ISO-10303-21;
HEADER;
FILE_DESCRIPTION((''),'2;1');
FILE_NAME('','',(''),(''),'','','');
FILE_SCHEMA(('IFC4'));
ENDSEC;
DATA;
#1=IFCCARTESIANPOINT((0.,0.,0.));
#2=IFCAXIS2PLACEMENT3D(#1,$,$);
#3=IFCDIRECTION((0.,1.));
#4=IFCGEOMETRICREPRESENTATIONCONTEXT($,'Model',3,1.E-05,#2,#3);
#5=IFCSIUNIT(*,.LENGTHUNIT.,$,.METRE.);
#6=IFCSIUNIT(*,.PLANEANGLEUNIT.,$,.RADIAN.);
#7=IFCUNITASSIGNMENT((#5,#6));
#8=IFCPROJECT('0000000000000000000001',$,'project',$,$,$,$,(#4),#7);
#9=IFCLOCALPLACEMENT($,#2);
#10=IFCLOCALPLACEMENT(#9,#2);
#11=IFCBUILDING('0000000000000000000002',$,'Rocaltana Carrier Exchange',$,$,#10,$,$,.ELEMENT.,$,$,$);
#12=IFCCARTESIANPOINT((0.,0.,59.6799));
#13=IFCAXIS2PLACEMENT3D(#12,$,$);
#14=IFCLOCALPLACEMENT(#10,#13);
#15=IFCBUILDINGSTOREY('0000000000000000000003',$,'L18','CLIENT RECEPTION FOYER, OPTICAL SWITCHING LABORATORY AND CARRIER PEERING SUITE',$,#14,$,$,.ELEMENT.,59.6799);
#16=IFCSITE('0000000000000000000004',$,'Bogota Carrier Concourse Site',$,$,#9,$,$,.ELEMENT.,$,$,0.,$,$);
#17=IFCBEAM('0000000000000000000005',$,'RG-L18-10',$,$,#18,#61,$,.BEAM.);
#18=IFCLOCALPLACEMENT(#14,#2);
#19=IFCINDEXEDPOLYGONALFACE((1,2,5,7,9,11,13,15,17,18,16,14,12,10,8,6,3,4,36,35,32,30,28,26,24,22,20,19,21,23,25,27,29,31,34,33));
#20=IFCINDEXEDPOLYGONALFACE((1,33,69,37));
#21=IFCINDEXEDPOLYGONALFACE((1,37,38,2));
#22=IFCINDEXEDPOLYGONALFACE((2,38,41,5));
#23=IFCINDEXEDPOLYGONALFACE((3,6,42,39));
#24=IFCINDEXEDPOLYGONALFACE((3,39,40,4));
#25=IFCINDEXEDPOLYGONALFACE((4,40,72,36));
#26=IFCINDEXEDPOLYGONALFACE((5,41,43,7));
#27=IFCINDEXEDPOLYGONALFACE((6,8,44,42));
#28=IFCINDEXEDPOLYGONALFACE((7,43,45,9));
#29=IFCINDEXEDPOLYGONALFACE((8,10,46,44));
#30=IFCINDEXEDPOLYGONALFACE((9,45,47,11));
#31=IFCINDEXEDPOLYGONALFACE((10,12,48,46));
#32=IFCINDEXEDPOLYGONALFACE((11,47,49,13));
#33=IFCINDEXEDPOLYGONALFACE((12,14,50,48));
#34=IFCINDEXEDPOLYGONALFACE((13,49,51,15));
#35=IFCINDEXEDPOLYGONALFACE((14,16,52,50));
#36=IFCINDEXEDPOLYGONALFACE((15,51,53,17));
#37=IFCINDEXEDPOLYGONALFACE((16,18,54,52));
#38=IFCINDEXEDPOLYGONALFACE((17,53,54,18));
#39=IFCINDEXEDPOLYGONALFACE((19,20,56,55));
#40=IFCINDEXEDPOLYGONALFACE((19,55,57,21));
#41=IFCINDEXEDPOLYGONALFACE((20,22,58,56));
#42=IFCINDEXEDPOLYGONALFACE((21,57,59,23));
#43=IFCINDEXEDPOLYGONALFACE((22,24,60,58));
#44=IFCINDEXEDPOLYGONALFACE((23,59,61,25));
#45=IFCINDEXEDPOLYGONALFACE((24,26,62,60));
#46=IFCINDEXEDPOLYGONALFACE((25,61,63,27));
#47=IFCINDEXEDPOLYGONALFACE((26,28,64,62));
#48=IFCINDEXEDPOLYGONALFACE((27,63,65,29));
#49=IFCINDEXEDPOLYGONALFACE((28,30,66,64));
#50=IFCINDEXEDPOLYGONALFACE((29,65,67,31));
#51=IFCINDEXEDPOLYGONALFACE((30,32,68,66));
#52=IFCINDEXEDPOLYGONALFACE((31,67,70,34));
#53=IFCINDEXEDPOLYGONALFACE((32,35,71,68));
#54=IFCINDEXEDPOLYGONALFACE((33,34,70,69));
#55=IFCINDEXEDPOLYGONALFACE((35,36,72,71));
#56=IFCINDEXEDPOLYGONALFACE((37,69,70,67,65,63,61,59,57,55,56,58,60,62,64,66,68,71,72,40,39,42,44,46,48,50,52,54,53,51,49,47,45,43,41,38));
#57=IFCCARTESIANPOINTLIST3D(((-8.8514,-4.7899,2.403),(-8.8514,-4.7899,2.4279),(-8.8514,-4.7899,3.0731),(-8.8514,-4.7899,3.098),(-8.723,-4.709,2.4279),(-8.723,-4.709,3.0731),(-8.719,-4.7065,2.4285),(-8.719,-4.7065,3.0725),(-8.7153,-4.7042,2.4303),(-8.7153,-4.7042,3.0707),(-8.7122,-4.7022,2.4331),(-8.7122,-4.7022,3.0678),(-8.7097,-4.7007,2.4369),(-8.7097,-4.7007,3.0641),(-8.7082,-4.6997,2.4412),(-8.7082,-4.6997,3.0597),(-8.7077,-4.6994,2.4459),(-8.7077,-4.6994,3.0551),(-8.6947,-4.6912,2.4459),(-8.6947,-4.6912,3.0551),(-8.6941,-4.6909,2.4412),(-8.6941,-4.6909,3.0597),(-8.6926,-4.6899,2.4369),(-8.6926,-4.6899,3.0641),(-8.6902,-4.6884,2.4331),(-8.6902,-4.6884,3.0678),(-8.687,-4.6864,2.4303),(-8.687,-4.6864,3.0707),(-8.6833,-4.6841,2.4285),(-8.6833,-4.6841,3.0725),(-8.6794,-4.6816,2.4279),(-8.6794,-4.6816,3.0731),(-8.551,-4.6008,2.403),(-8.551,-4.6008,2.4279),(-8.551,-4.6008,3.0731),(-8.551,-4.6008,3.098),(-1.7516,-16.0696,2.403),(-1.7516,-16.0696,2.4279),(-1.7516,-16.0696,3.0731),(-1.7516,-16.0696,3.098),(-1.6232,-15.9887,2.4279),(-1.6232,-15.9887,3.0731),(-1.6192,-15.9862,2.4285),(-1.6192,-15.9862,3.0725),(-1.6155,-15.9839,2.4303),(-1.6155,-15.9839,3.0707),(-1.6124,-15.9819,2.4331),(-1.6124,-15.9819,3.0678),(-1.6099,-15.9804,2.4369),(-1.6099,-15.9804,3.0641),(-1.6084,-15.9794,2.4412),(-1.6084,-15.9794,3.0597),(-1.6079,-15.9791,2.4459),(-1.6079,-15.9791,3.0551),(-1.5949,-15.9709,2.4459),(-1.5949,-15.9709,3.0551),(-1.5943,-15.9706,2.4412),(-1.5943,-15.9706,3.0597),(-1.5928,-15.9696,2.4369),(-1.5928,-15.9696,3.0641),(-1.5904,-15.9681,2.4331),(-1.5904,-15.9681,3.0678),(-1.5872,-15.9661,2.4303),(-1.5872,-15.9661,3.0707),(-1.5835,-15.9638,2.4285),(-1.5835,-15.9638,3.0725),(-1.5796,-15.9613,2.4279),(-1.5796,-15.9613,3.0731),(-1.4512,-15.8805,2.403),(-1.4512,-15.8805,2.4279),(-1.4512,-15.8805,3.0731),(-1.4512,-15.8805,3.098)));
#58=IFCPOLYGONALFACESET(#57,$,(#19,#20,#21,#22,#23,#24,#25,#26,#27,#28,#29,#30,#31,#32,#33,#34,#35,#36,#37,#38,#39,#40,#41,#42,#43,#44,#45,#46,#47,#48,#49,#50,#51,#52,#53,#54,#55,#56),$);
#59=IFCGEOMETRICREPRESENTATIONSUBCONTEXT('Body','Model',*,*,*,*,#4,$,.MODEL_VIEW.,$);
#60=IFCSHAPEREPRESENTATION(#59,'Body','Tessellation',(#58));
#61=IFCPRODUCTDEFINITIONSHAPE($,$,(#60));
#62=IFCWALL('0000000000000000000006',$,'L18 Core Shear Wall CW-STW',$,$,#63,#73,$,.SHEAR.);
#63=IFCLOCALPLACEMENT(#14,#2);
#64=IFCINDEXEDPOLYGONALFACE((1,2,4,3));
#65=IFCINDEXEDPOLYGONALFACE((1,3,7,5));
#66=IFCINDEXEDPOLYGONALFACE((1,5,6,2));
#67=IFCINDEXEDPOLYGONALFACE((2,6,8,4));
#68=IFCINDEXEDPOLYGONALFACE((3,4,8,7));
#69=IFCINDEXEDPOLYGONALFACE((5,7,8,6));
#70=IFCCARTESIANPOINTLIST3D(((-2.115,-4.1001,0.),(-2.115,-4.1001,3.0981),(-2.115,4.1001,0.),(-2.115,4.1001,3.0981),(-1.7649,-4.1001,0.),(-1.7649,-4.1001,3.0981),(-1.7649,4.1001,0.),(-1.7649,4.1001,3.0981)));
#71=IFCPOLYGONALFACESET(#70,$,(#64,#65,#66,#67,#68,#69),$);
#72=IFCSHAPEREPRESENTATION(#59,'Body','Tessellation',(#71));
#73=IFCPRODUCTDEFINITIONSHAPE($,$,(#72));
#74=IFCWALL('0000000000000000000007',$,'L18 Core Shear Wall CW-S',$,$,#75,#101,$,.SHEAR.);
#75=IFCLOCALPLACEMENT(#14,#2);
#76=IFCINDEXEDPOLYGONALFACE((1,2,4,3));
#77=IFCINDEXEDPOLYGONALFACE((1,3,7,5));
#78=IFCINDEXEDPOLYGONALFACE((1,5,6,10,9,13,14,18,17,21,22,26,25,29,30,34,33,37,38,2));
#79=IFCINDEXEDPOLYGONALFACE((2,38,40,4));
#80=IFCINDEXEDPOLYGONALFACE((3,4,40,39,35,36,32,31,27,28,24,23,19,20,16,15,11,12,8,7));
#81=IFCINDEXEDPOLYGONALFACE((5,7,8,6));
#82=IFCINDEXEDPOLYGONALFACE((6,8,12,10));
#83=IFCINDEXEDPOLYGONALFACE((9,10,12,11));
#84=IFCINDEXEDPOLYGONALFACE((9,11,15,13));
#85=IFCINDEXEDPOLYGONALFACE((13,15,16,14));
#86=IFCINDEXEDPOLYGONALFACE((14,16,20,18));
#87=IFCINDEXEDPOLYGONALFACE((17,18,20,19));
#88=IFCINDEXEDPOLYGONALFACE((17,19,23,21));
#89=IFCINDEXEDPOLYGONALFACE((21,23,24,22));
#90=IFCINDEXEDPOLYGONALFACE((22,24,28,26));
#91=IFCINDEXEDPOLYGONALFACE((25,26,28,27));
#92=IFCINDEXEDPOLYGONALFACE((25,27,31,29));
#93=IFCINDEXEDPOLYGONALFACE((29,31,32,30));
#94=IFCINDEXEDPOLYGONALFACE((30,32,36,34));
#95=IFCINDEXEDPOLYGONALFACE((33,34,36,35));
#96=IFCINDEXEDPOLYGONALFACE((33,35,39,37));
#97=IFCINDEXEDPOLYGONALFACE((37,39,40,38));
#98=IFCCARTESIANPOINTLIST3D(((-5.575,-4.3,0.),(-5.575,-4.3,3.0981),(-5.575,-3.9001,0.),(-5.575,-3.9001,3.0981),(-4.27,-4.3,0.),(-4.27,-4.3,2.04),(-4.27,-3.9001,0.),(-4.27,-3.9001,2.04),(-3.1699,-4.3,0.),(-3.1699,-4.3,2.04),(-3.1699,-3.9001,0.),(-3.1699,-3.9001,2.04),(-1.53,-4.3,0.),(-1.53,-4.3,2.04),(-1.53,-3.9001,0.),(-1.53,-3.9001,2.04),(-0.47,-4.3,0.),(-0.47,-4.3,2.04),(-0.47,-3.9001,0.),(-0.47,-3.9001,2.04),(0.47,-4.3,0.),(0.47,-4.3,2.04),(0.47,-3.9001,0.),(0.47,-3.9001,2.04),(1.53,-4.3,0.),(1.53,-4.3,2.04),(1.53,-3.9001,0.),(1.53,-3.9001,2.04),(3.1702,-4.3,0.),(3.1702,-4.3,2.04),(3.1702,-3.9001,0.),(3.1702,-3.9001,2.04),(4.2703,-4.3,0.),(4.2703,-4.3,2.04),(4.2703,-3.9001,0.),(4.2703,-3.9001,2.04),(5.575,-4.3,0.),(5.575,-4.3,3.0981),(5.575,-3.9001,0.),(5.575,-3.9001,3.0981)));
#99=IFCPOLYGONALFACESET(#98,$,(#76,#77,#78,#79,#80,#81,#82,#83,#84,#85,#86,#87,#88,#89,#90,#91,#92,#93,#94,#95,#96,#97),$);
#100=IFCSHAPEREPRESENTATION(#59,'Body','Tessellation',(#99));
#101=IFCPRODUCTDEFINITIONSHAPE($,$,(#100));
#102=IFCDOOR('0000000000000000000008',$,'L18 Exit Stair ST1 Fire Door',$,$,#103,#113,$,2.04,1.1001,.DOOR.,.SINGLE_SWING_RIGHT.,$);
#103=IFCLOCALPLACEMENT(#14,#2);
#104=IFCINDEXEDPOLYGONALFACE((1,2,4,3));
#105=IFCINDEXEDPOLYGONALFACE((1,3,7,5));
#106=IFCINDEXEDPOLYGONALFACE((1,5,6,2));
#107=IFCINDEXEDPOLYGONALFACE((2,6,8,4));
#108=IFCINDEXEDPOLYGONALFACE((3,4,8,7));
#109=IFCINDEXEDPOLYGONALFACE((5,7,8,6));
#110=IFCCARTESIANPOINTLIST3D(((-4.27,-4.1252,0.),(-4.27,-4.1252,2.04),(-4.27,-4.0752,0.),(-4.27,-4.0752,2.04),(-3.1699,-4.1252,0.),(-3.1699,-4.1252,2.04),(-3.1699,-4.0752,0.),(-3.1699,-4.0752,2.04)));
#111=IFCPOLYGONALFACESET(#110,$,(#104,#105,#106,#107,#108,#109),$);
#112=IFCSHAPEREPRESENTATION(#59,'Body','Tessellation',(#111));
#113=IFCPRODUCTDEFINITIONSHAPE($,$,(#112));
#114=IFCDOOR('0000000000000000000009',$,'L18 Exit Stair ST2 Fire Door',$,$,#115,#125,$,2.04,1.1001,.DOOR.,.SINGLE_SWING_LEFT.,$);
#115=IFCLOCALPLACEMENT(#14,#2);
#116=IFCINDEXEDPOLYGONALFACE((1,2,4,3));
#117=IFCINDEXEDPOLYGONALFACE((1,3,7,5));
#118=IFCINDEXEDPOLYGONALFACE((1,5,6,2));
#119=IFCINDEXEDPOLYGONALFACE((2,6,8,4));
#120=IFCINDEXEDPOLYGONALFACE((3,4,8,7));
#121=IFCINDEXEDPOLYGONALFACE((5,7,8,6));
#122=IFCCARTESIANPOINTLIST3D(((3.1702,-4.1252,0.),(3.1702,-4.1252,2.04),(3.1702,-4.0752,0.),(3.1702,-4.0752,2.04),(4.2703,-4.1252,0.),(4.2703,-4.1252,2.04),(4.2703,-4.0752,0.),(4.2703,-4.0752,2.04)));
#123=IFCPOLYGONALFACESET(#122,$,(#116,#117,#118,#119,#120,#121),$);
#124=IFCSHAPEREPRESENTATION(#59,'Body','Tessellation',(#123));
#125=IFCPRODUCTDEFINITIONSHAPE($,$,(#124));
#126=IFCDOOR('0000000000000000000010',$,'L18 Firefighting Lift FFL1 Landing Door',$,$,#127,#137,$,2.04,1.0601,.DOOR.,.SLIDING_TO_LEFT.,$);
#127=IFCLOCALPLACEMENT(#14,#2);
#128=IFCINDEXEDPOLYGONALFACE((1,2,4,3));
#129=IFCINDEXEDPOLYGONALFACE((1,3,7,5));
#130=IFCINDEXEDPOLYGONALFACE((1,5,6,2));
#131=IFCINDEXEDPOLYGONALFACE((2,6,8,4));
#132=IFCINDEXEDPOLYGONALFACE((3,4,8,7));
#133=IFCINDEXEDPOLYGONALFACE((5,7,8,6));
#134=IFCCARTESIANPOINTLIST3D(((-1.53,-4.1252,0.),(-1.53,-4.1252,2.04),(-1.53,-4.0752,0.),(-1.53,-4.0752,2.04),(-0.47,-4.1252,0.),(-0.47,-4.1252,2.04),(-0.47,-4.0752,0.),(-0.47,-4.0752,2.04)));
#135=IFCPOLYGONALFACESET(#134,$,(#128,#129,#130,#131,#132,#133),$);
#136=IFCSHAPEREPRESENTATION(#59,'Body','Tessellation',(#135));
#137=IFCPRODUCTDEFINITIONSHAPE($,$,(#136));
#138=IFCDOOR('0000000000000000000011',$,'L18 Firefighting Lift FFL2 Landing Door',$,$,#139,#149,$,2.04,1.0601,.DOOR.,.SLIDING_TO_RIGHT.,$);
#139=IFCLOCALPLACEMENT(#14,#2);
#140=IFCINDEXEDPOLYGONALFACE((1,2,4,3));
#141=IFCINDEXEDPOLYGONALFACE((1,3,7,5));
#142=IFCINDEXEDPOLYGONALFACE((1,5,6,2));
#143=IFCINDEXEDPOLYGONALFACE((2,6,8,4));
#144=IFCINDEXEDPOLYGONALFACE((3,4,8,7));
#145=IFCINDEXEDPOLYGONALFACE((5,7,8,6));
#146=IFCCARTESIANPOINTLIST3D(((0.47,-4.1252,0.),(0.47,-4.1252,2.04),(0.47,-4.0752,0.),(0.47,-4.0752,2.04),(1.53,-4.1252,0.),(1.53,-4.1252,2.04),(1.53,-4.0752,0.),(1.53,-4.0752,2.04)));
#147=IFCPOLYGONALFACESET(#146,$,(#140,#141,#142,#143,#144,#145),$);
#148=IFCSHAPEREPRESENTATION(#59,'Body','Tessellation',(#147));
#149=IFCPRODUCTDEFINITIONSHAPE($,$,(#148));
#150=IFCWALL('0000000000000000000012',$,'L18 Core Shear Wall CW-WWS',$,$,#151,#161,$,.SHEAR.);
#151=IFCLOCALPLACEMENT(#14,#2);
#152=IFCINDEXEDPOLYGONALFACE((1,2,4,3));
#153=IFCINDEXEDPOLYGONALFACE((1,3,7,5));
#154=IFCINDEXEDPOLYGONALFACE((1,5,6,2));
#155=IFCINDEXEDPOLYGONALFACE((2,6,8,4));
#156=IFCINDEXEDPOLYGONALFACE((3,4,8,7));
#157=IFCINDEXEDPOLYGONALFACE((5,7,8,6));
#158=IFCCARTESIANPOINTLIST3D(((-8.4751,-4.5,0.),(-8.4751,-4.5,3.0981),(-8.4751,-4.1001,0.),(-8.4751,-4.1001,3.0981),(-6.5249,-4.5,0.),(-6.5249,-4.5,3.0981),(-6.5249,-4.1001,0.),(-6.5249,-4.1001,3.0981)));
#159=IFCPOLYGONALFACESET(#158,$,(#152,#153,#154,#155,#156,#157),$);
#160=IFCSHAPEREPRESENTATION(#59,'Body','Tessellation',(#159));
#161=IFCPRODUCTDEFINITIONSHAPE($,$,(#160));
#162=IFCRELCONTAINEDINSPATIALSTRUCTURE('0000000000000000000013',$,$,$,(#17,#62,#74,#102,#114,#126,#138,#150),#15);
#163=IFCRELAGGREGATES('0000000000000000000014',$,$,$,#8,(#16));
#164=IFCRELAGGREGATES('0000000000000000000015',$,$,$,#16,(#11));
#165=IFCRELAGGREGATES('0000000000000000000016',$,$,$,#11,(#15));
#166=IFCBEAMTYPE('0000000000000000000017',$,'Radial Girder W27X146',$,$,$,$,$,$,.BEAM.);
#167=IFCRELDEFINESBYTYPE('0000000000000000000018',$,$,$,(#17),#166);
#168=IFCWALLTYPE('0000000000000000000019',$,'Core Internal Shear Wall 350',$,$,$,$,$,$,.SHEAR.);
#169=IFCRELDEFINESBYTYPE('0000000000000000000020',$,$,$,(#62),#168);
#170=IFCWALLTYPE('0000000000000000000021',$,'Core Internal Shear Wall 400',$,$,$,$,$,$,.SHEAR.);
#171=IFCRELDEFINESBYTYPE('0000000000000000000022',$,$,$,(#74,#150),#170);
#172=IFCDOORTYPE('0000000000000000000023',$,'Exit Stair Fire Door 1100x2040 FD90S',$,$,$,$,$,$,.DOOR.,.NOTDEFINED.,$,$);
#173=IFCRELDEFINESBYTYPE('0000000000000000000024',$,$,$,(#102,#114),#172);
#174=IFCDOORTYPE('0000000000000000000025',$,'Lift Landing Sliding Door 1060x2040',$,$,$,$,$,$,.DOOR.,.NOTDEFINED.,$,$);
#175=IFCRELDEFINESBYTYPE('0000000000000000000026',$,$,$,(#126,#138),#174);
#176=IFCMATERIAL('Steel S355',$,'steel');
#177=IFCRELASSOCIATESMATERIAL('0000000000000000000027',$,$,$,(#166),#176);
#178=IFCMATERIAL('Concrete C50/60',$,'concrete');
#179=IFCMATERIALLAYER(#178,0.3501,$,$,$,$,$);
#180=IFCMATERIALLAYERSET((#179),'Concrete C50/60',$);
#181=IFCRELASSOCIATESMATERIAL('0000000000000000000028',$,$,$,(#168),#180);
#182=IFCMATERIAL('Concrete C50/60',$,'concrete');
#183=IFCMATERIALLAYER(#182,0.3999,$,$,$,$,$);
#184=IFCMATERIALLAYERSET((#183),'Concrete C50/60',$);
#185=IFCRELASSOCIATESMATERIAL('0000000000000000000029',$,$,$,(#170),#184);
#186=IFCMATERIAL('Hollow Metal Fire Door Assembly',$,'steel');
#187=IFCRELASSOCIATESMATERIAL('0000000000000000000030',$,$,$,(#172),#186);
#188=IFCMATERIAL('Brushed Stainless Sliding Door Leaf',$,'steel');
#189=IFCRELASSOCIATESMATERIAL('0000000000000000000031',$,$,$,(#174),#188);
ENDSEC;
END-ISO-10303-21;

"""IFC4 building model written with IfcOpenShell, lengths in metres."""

from ifc_helpers import new_model, si_unit, direction, frame, frame_2d, origin, origin_2d, place, context, subcontext, project, spatial, rectangle, i_section, extrude, material, layer, layer_set, material_profile, profile_set, type_object, element, fill, save


model = new_model("IFC4")

# Units and contexts
model_context = context("Model", 3, precision=1e-05, world=origin(), true_north=direction((0.0, 1.0)))
body_context = subcontext(model_context, "Body", "Model", "MODEL_VIEW")
ifc_project = project(units=[si_unit("LENGTHUNIT", "METRE"), si_unit("PLANEANGLEUNIT", "RADIAN")], contexts=[model_context])

# Site, building, storey
site_placement = place(None, origin())
site = spatial("IfcSite", under=ifc_project, at=site_placement, Name="Bogota Carrier Concourse Site", CompositionType="ELEMENT", RefElevation=0.0)
building_placement = place(site_placement, origin())
building = spatial("IfcBuilding", under=site, at=building_placement, Name="Rocaltana Carrier Exchange", CompositionType="ELEMENT")
storey_placement = place(building_placement, frame((0.0, 0.0, 59.6799)))
storey = spatial("IfcBuildingStorey", under=building, at=storey_placement, Name="L18", Description="CLIENT RECEPTION FOYER, OPTICAL SWITCHING LABORATORY AND CARRIER PEERING SUITE", CompositionType="ELEMENT", Elevation=59.6799)

# Beam
ifc_material_1 = material(Name="Steel S355", Category="steel")
ifc_material_profile_1 = material_profile(ifc_material_1, i_section(OverallWidth=0.355, OverallDepth=0.6951, WebThickness=0.0154, FlangeThickness=0.0249, FilletRadius=0.0181, at=origin_2d()), Name="W27X146")
ifc_profile_set_1 = profile_set([ifc_material_profile_1], Name="Steel S355")
beam_type = type_object("IfcBeamType", Name="Radial Girder W27X146", PredefinedType="BEAM", material=ifc_profile_set_1)
beam_placement = place(storey_placement, frame((-8.7012, -4.6953, 2.7505), z_axis=(0.532693, -0.846308, 0.0), x_axis=(0.846308, 0.532693, 0.0)))
element("IfcBeam", 1, at=beam_placement, inside=storey, type_object=beam_type, Name="RG-L18-10", PredefinedType="BEAM", context=body_context, shape_type="SweptSolid", body=[
    extrude(i_section(OverallWidth=0.355, OverallDepth=0.6951, WebThickness=0.0154, FlangeThickness=0.0249, FilletRadius=0.0181, at=origin_2d()), origin(), (0.0, 0.0, 1.0), 13.3281),
])

# Wall
ifc_material_2 = material(Name="Concrete C50/60", Category="concrete")
ifc_layer_1 = layer(ifc_material_2, 0.3501)
ifc_layer_set_1 = layer_set([ifc_layer_1], Name="Concrete C50/60")
wall_type_1 = type_object("IfcWallType", Name="Core Internal Shear Wall 350", PredefinedType="SHEAR", material=ifc_layer_set_1)
wall_1_placement = place(storey_placement, frame((-1.9399, -4.1001, 0.0), z_axis=(0.0, 0.0, 1.0), x_axis=(0.0, 1.0, 0.0)))
element("IfcWall", 2, at=wall_1_placement, inside=storey, type_object=wall_type_1, Name="L18 Core Shear Wall CW-STW", PredefinedType="SHEAR", context=body_context, shape_type="SweptSolid", body=[
    extrude(rectangle(XDim=8.2002, YDim=0.3501, at=frame_2d((4.1001, 0.0))), origin(), (0.0, 0.0, 1.0), 3.0981),
])

# Wall, openings, doors
ifc_material_3 = material(Name="Concrete C50/60", Category="concrete")
ifc_layer_2 = layer(ifc_material_3, 0.3999)
ifc_layer_set_2 = layer_set([ifc_layer_2], Name="Concrete C50/60")
wall_type_2 = type_object("IfcWallType", Name="Core Internal Shear Wall 400", PredefinedType="SHEAR", material=ifc_layer_set_2)
wall_2_placement = place(storey_placement, frame((-5.575, -4.1001, 0.0), z_axis=(0.0, 0.0, 1.0), x_axis=(1.0, 0.0, 0.0)))
wall_2 = element("IfcWall", 3, at=wall_2_placement, inside=storey, type_object=wall_type_2, Name="L18 Core Shear Wall CW-S", PredefinedType="SHEAR", context=body_context, shape_type="SweptSolid", body=[
    extrude(rectangle(XDim=11.1499, YDim=0.3999, at=frame_2d((5.575, 0.0))), origin(), (0.0, 0.0, 1.0), 3.0981),
])
opening_1_placement = place(wall_2_placement, frame((1.3049, 0.0, 0.0)))
opening_1 = element("IfcOpeningElement", 4, at=opening_1_placement, cuts=wall_2, PredefinedType="OPENING", context=body_context, shape_type="SweptSolid", body=[
    extrude(rectangle(XDim=1.1001, YDim=2.04, at=frame_2d((0.55, 1.02))), frame((0.0, 0.21, 0.0), z_axis=(0.0, -1.0, 0.0), x_axis=(1.0, 0.0, 0.0)), (0.0, 0.0, 1.0), 0.4199),
])
opening_2_placement = place(wall_2_placement, frame((8.7451, 0.0, 0.0)))
opening_2 = element("IfcOpeningElement", 5, at=opening_2_placement, cuts=wall_2, PredefinedType="OPENING", context=body_context, shape_type="SweptSolid", body=[
    extrude(rectangle(XDim=1.1001, YDim=2.04, at=frame_2d((0.55, 1.02))), frame((0.0, 0.21, 0.0), z_axis=(0.0, -1.0, 0.0), x_axis=(1.0, 0.0, 0.0)), (0.0, 0.0, 1.0), 0.4199),
])
opening_3_placement = place(wall_2_placement, frame((4.0449, 0.0, 0.0)))
opening_3 = element("IfcOpeningElement", 6, at=opening_3_placement, cuts=wall_2, PredefinedType="OPENING", context=body_context, shape_type="SweptSolid", body=[
    extrude(rectangle(XDim=1.0601, YDim=2.04, at=frame_2d((0.53, 1.02))), frame((0.0, 0.21, 0.0), z_axis=(0.0, -1.0, 0.0), x_axis=(1.0, 0.0, 0.0)), (0.0, 0.0, 1.0), 0.4199),
])
opening_4_placement = place(wall_2_placement, frame((6.0449, 0.0, 0.0)))
opening_4 = element("IfcOpeningElement", 7, at=opening_4_placement, cuts=wall_2, PredefinedType="OPENING", context=body_context, shape_type="SweptSolid", body=[
    extrude(rectangle(XDim=1.0601, YDim=2.04, at=frame_2d((0.53, 1.02))), frame((0.0, 0.21, 0.0), z_axis=(0.0, -1.0, 0.0), x_axis=(1.0, 0.0, 0.0)), (0.0, 0.0, 1.0), 0.4199),
])
ifc_material_4 = material(Name="Hollow Metal Fire Door Assembly", Category="steel")
door_type_1 = type_object("IfcDoorType", Name="Exit Stair Fire Door 1100x2040 FD90S", OperationType="NOTDEFINED", PredefinedType="DOOR", material=ifc_material_4)
door_1_placement = place(opening_1_placement, origin())
door_1 = element("IfcDoor", 8, at=door_1_placement, inside=storey, type_object=door_type_1, Name="L18 Exit Stair ST1 Fire Door", OperationType="SINGLE_SWING_RIGHT", OverallHeight=2.04, OverallWidth=1.1001, PredefinedType="DOOR", context=body_context, shape_type="SweptSolid", body=[
    extrude(rectangle(XDim=1.1001, YDim=2.04, at=frame_2d((0.55, 1.02))), frame((0.0, 0.0249, 0.0), z_axis=(0.0, -1.0, 0.0), x_axis=(1.0, 0.0, 0.0)), (0.0, 0.0, 1.0), 0.05),
])
fill(opening_1, door_1)
door_2_placement = place(opening_2_placement, origin())
door_2 = element("IfcDoor", 9, at=door_2_placement, inside=storey, type_object=door_type_1, Name="L18 Exit Stair ST2 Fire Door", OperationType="SINGLE_SWING_LEFT", OverallHeight=2.04, OverallWidth=1.1001, PredefinedType="DOOR", context=body_context, shape_type="SweptSolid", body=[
    extrude(rectangle(XDim=1.1001, YDim=2.04, at=frame_2d((0.55, 1.02))), frame((0.0, 0.0249, 0.0), z_axis=(0.0, -1.0, 0.0), x_axis=(1.0, 0.0, 0.0)), (0.0, 0.0, 1.0), 0.05),
])
fill(opening_2, door_2)
ifc_material_5 = material(Name="Brushed Stainless Sliding Door Leaf", Category="steel")
door_type_2 = type_object("IfcDoorType", Name="Lift Landing Sliding Door 1060x2040", OperationType="NOTDEFINED", PredefinedType="DOOR", material=ifc_material_5)
door_3_placement = place(opening_3_placement, origin())
door_3 = element("IfcDoor", 10, at=door_3_placement, inside=storey, type_object=door_type_2, Name="L18 Firefighting Lift FFL1 Landing Door", OperationType="SLIDING_TO_LEFT", OverallHeight=2.04, OverallWidth=1.0601, PredefinedType="DOOR", context=body_context, shape_type="SweptSolid", body=[
    extrude(rectangle(XDim=1.0601, YDim=2.04, at=frame_2d((0.53, 1.02))), frame((0.0, 0.0249, 0.0), z_axis=(0.0, -1.0, 0.0), x_axis=(1.0, 0.0, 0.0)), (0.0, 0.0, 1.0), 0.05),
])
fill(opening_3, door_3)
door_4_placement = place(opening_4_placement, origin())
door_4 = element("IfcDoor", 11, at=door_4_placement, inside=storey, type_object=door_type_2, Name="L18 Firefighting Lift FFL2 Landing Door", OperationType="SLIDING_TO_RIGHT", OverallHeight=2.04, OverallWidth=1.0601, PredefinedType="DOOR", context=body_context, shape_type="SweptSolid", body=[
    extrude(rectangle(XDim=1.0601, YDim=2.04, at=frame_2d((0.53, 1.02))), frame((0.0, 0.0249, 0.0), z_axis=(0.0, -1.0, 0.0), x_axis=(1.0, 0.0, 0.0)), (0.0, 0.0, 1.0), 0.05),
])
fill(opening_4, door_4)

# Wall
wall_3_placement = place(storey_placement, frame((-8.4751, -4.3, 0.0), z_axis=(0.0, 0.0, 1.0), x_axis=(1.0, 0.0, 0.0)))
element("IfcWall", 12, at=wall_3_placement, inside=storey, type_object=wall_type_2, Name="L18 Core Shear Wall CW-WWS", PredefinedType="SHEAR", context=body_context, shape_type="SweptSolid", body=[
    extrude(rectangle(XDim=1.9502, YDim=0.3999, at=frame_2d((0.9751, 0.0))), origin(), (0.0, 0.0, 1.0), 3.0981),
])

save(model, "model.ifc")
